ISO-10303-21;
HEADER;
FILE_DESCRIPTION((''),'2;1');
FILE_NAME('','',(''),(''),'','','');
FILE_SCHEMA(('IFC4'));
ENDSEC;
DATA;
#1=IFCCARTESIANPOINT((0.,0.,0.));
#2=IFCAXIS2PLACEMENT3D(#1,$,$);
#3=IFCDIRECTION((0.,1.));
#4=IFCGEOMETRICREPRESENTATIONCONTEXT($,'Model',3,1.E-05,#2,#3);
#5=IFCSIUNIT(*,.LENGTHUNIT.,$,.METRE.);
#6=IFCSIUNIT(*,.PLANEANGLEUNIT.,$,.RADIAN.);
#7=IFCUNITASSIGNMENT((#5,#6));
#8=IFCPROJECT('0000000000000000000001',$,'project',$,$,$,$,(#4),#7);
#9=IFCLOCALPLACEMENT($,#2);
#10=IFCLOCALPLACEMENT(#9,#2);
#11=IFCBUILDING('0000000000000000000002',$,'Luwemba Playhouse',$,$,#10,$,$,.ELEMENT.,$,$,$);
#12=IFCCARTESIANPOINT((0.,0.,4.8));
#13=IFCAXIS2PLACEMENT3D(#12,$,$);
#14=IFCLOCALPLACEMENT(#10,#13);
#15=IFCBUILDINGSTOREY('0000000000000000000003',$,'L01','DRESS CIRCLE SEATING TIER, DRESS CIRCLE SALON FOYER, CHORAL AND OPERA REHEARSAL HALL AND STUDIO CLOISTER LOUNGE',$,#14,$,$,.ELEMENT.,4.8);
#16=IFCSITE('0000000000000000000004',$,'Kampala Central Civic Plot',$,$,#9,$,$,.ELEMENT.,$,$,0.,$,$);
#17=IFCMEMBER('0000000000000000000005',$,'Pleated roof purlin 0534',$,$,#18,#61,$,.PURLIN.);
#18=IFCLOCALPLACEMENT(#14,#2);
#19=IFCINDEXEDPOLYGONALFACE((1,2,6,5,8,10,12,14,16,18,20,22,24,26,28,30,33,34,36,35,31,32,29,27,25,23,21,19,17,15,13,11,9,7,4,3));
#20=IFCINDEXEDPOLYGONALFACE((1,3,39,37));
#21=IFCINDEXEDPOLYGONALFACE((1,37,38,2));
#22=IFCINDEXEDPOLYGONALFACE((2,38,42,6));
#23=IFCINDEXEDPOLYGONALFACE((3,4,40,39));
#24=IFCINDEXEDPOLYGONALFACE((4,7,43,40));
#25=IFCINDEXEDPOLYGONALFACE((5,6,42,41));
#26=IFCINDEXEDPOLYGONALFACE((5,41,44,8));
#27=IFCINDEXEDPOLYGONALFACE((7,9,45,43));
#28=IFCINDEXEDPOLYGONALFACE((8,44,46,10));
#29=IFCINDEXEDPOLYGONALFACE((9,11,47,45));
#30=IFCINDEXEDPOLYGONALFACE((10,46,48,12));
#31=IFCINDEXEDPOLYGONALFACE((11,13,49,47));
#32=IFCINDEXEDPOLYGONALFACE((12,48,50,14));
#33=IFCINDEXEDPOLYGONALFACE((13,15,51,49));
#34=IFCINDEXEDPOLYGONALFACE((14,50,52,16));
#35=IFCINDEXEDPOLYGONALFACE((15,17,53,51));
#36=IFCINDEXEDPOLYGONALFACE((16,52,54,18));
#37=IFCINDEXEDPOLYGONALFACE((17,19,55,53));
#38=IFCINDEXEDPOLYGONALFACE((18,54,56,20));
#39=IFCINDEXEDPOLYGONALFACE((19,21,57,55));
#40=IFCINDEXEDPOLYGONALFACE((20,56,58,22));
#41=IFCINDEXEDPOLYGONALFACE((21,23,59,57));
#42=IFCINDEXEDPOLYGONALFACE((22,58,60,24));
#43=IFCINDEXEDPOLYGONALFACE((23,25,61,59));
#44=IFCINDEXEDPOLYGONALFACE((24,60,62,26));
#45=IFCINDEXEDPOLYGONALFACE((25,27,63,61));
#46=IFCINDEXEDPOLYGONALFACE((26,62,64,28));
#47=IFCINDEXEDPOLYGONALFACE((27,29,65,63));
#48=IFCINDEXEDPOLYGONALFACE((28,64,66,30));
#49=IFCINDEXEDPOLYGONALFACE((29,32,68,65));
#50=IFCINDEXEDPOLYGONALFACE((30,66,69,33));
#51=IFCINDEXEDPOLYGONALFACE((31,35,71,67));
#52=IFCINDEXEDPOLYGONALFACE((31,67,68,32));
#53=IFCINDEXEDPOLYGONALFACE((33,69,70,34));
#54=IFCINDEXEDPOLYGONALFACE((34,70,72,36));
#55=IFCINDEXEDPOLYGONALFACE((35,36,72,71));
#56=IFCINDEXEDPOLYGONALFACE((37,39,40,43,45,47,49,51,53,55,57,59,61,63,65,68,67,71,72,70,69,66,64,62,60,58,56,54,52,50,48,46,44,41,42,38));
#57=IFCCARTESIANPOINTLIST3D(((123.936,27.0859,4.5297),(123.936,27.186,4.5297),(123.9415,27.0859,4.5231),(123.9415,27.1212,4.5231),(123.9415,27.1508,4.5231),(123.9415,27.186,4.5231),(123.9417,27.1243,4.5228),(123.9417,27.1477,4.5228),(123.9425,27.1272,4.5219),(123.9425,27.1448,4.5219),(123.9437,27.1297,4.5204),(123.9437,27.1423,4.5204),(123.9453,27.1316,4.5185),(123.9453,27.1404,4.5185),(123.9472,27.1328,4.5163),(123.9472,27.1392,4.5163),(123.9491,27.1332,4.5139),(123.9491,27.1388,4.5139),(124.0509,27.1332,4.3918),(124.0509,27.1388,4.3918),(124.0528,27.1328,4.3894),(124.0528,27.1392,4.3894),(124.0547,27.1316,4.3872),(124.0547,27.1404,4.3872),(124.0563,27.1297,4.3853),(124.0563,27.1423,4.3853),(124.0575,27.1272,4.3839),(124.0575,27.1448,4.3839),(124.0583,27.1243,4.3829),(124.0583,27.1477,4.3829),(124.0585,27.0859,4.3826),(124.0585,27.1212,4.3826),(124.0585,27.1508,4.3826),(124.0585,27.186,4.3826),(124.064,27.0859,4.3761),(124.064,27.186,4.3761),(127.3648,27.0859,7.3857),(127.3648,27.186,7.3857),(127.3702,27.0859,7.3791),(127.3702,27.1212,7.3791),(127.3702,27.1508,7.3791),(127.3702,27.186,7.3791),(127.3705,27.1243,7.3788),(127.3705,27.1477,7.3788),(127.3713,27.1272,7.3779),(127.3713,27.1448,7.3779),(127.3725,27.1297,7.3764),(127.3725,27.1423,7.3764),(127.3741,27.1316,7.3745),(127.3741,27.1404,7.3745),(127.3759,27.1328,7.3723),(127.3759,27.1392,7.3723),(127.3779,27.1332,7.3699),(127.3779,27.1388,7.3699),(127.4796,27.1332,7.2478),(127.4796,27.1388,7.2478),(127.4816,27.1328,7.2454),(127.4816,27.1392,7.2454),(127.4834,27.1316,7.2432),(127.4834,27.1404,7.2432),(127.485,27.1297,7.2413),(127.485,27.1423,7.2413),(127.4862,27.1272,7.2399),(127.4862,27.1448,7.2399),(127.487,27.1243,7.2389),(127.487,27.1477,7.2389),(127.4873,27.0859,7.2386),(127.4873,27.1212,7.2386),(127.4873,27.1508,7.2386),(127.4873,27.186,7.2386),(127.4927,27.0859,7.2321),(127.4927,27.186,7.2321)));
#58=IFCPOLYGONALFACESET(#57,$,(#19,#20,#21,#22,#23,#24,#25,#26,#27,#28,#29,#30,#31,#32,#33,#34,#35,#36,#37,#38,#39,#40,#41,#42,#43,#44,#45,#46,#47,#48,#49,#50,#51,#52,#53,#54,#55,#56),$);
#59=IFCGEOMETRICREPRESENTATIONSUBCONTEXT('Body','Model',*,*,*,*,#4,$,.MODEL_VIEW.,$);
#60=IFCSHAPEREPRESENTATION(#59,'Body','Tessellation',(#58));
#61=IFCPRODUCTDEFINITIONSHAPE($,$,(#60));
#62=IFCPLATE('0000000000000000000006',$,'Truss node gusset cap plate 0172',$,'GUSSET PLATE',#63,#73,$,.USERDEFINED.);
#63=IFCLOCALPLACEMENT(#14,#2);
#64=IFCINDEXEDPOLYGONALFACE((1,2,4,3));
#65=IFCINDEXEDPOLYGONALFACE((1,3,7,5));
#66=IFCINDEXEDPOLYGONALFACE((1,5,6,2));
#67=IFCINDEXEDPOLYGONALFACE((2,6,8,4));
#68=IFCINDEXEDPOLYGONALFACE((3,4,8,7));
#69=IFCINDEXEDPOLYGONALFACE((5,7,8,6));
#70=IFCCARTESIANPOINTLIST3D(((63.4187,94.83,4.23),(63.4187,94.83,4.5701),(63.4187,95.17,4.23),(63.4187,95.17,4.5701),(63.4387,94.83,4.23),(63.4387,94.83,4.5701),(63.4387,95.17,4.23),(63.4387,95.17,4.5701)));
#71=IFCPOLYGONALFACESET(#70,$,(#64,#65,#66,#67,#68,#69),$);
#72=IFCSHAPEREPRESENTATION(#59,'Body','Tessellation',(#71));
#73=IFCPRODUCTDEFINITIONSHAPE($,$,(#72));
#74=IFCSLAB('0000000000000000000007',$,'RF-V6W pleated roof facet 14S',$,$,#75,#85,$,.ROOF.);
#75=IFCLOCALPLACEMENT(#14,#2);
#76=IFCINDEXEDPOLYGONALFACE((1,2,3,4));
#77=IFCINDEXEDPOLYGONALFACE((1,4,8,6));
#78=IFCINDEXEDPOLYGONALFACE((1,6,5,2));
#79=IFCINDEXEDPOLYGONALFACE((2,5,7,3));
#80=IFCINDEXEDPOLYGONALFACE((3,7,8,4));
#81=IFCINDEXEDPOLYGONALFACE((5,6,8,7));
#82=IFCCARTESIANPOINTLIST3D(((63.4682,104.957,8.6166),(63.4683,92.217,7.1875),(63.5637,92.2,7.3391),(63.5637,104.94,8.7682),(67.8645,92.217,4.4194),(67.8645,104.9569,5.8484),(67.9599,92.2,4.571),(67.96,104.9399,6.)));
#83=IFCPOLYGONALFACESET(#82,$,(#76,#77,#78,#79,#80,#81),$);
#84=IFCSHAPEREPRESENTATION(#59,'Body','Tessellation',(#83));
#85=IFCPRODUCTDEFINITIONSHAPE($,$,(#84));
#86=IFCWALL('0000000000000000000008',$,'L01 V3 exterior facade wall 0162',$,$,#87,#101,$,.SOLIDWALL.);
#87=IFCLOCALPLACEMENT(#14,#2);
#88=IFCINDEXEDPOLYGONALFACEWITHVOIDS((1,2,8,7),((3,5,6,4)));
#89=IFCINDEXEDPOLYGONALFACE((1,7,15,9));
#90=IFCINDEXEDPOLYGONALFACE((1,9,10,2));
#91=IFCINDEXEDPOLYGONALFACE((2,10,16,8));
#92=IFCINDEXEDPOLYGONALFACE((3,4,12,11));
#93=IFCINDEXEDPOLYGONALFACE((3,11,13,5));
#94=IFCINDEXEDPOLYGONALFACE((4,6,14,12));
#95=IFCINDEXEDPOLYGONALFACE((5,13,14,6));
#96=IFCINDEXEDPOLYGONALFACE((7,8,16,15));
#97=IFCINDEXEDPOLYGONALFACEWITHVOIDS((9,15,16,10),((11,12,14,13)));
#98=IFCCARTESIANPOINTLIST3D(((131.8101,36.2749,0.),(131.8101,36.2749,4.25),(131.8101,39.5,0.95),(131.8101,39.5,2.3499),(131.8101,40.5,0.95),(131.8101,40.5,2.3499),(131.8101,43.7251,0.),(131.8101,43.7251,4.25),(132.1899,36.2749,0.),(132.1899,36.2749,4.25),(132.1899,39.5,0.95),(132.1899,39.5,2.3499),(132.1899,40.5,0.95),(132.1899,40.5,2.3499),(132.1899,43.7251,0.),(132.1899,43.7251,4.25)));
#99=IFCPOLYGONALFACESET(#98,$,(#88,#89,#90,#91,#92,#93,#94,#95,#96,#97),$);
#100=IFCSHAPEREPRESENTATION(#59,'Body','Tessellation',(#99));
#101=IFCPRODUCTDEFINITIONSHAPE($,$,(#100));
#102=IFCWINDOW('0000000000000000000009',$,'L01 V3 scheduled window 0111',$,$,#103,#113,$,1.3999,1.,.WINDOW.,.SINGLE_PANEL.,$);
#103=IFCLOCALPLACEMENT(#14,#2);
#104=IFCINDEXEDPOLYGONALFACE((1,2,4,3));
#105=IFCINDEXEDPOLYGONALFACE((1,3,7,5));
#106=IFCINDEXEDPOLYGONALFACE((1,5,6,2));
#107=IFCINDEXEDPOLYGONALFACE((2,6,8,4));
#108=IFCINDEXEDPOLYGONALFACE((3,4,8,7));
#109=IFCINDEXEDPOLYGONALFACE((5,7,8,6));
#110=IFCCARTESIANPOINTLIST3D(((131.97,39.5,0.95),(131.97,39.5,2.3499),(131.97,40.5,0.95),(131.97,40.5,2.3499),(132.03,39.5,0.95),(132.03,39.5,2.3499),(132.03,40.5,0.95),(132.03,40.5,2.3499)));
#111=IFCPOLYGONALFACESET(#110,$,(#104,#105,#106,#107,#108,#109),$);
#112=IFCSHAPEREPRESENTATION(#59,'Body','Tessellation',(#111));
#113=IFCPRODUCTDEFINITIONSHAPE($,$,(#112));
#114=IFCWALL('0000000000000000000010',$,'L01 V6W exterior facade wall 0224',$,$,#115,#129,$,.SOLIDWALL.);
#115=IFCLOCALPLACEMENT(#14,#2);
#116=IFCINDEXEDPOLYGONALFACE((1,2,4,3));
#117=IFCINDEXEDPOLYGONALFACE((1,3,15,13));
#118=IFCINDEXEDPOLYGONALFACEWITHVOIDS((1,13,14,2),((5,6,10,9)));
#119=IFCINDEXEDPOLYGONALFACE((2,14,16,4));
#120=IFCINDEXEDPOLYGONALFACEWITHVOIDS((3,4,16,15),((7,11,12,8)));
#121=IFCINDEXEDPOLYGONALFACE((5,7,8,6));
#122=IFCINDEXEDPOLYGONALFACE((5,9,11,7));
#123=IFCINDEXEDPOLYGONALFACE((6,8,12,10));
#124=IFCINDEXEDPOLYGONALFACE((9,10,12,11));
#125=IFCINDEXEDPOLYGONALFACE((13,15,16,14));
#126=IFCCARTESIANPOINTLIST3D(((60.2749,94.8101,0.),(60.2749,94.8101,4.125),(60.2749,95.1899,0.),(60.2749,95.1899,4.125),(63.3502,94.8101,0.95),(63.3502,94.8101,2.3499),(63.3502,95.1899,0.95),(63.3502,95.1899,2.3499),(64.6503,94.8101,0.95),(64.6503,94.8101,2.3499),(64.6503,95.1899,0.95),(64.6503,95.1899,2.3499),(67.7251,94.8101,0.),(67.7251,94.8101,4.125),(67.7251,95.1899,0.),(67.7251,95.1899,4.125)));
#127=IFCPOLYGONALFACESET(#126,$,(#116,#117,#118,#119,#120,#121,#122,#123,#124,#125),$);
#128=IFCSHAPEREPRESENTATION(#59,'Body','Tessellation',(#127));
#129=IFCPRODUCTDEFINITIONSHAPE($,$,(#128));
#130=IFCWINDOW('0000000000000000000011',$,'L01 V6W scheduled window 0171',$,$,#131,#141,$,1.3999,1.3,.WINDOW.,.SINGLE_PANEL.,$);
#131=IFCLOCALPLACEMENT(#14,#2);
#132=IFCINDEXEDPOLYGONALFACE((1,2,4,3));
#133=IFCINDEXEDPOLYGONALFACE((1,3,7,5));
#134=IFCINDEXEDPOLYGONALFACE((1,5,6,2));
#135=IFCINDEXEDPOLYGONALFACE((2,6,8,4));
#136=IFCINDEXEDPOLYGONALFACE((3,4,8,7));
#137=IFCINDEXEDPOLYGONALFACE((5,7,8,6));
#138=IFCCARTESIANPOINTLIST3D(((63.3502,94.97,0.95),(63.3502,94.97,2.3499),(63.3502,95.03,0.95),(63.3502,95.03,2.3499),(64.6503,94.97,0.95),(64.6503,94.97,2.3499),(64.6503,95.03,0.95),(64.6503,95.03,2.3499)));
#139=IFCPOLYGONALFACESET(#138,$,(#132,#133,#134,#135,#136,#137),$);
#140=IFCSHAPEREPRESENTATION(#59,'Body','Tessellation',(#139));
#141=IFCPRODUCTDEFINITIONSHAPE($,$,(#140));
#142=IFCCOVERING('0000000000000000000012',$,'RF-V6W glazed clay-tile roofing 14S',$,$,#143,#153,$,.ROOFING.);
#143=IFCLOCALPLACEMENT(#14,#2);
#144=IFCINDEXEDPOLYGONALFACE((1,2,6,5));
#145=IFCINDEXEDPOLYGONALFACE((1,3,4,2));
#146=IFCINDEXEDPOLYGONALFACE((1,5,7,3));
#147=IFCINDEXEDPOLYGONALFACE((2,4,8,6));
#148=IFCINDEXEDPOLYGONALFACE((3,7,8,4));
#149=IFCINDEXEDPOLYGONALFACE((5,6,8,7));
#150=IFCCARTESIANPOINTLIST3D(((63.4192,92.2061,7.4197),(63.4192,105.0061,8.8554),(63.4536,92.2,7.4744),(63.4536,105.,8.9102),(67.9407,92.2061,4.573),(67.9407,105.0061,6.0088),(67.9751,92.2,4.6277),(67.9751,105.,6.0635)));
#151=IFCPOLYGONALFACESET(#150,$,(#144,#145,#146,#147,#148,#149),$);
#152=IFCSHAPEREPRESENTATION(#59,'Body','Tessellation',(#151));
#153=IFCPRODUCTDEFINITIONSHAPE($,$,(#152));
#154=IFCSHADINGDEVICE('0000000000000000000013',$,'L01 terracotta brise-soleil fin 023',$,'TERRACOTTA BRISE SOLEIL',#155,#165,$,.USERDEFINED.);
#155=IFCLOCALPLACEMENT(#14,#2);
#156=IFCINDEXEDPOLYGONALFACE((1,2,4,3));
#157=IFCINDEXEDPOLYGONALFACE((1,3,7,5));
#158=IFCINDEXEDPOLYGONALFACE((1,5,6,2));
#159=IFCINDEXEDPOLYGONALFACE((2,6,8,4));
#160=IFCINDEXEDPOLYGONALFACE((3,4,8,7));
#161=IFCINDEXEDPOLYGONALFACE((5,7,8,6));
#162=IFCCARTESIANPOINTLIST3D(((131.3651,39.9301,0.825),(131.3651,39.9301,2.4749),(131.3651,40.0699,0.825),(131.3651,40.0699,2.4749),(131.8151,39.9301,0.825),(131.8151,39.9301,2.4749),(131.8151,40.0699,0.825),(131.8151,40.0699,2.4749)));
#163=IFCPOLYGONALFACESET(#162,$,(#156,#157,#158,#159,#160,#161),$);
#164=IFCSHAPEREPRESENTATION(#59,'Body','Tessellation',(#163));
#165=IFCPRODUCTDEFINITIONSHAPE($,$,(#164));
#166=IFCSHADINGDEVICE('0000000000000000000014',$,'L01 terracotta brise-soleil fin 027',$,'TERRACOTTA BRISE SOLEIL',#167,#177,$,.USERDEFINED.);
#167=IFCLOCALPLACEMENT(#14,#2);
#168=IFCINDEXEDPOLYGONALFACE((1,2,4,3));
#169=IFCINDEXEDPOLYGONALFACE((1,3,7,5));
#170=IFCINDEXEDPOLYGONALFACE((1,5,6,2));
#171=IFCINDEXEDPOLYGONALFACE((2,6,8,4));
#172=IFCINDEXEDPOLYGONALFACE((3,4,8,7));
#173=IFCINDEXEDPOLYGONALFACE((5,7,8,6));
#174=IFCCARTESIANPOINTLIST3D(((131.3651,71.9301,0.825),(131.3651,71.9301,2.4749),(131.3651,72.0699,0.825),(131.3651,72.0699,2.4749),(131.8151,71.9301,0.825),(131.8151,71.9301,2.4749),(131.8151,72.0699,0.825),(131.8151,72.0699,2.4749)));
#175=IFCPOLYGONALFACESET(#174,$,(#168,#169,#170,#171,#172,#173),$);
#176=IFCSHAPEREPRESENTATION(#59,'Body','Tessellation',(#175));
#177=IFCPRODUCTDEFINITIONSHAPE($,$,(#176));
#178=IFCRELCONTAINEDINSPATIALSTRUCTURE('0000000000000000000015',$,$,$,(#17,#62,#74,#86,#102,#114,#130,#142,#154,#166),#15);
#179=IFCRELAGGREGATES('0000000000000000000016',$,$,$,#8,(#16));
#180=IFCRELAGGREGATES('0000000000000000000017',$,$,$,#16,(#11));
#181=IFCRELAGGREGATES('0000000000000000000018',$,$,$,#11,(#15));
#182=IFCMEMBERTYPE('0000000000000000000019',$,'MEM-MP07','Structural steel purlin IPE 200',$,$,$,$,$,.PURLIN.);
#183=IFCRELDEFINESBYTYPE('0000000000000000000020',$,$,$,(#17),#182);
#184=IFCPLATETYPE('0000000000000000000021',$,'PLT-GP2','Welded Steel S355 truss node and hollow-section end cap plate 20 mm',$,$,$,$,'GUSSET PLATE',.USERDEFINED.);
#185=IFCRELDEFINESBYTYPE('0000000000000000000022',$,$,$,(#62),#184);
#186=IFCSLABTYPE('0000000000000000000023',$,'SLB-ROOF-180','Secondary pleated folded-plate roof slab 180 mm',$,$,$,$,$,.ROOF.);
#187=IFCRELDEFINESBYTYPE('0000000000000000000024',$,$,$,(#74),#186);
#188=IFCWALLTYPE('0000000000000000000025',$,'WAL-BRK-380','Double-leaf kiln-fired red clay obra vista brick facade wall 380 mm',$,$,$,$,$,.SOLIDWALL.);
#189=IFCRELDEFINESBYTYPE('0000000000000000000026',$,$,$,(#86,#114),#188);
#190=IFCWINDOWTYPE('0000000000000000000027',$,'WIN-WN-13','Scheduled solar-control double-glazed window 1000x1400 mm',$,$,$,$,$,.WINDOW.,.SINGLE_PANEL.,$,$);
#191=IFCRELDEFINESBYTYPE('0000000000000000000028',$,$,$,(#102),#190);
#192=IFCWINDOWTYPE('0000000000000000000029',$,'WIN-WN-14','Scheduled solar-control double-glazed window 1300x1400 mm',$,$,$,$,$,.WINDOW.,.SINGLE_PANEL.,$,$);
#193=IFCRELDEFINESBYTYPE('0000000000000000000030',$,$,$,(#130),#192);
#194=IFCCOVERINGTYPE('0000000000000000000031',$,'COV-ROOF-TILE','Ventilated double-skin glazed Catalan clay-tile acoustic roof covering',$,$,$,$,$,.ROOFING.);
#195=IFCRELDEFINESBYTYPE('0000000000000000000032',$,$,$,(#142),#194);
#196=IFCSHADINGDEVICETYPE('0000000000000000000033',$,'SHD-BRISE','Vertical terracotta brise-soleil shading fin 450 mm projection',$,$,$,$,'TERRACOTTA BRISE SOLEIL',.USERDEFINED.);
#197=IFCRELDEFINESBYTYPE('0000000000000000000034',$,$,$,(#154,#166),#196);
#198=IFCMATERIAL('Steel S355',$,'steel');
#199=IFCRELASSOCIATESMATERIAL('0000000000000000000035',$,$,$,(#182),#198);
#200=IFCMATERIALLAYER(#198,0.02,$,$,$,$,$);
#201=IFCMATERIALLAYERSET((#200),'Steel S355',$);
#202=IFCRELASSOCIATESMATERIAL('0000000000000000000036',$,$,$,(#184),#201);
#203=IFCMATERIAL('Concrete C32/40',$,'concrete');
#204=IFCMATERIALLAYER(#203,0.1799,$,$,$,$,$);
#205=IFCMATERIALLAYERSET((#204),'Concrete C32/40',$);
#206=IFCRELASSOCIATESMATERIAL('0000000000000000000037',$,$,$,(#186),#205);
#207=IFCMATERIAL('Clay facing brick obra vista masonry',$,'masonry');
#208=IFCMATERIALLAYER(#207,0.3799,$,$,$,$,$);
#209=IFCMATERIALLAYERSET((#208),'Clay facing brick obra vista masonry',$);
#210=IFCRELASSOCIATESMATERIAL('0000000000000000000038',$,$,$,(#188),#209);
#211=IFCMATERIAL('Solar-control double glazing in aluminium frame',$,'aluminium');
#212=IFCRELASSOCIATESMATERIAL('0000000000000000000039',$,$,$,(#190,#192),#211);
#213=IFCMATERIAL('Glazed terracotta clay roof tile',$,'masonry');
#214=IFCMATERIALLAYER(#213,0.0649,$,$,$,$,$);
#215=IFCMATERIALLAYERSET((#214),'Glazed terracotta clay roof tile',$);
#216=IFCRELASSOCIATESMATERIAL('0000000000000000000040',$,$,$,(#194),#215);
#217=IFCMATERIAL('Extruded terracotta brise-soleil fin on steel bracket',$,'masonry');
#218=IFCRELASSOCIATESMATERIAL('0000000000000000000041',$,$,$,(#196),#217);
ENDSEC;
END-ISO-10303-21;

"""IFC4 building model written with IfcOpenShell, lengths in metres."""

from ifc_helpers import new_model, si_unit, direction, frame, frame_2d, origin, origin_2d, place, context, subcontext, project, spatial, polyline, rectangle, i_section, outline, extrude, material, layer, layer_set, material_profile, profile_set, type_object, element, fill, save


model = new_model("IFC4")

# Units and contexts
model_context = context("Model", 3, precision=1e-05, world=origin(), true_north=direction((0.0, 1.0)))
body_context = subcontext(model_context, "Body", "Model", "MODEL_VIEW")
ifc_project = project(units=[si_unit("LENGTHUNIT", "METRE"), si_unit("PLANEANGLEUNIT", "RADIAN")], contexts=[model_context])

# Site, building, storey
site_placement = place(None, origin())
site = spatial("IfcSite", under=ifc_project, at=site_placement, Name="Kampala Central Civic Plot", CompositionType="ELEMENT", RefElevation=0.0)
building_placement = place(site_placement, origin())
building = spatial("IfcBuilding", under=site, at=building_placement, Name="Luwemba Playhouse", CompositionType="ELEMENT")
storey_placement = place(building_placement, frame((0.0, 0.0, 4.8)))
storey = spatial("IfcBuildingStorey", under=building, at=storey_placement, Name="L01", Description="DRESS CIRCLE SEATING TIER, DRESS CIRCLE SALON FOYER, CHORAL AND OPERA REHEARSAL HALL AND STUDIO CLOISTER LOUNGE", CompositionType="ELEMENT", Elevation=4.8)

# Shared definitions
ifc_material_1 = material(Name="Steel S355", Category="steel")

# Member
ifc_material_profile_1 = material_profile(ifc_material_1, i_section(OverallWidth=0.1001, OverallDepth=0.2, WebThickness=0.0056, FlangeThickness=0.0085, FilletRadius=0.012, at=origin_2d()))
ifc_profile_set_1 = profile_set([ifc_material_profile_1], Name="Steel S355")
member_type_1 = type_object("IfcMemberType", Name="MEM-MP07", Description="Structural steel purlin IPE 200", PredefinedType="PURLIN", material=ifc_profile_set_1)
member_1_placement = place(storey_placement, frame((124.0, 27.136, 4.4529), z_axis=(0.768365, 0.0, 0.640012), x_axis=(0.0, 1.0, 0.0)))
element("IfcMember", 1, at=member_1_placement, inside=storey, type_object=member_type_1, Name="Pleated roof purlin 0534", PredefinedType="PURLIN", context=body_context, shape_type="SweptSolid", body=[
    extrude(i_section(OverallWidth=0.1001, OverallDepth=0.2, WebThickness=0.0056, FlangeThickness=0.0085, FilletRadius=0.012, at=origin_2d()), origin(), (0.0, 0.0, 1.0), 4.4624),
])

# Plate
ifc_layer_1 = layer(ifc_material_1, 0.02)
ifc_layer_set_1 = layer_set([ifc_layer_1], Name="Steel S355")
plate_type = type_object("IfcPlateType", Name="PLT-GP2", Description="Welded Steel S355 truss node and hollow-section end cap plate 20 mm", ElementType="GUSSET PLATE", PredefinedType="USERDEFINED", material=ifc_layer_set_1)
plate_placement = place(storey_placement, frame((63.4287, 95.0, 4.23), z_axis=(0.0, 0.0, 1.0), x_axis=(1.0, 0.0, 0.0)))
element("IfcPlate", 2, at=plate_placement, inside=storey, type_object=plate_type, Name="Truss node gusset cap plate 0172", ObjectType="GUSSET PLATE", PredefinedType="USERDEFINED", context=body_context, shape_type="SweptSolid", body=[
    extrude(rectangle(XDim=0.02, YDim=0.3401, at=origin_2d()), origin(), (0.0, 0.0, 1.0), 0.3401),
])

# Slab
ifc_material_2 = material(Name="Concrete C32/40", Category="concrete")
ifc_layer_2 = layer(ifc_material_2, 0.1799)
ifc_layer_set_2 = layer_set([ifc_layer_2], Name="Concrete C32/40")
slab_type = type_object("IfcSlabType", Name="SLB-ROOF-180", Description="Secondary pleated folded-plate roof slab 180 mm", PredefinedType="ROOF", material=ifc_layer_set_2)
slab_placement = place(storey_placement, frame((63.5637, 92.2, 7.3391), z_axis=(0.530454, -0.094498, 0.84243), x_axis=(0.846217, 0.000002, -0.532839)))
element("IfcSlab", 3, at=slab_placement, inside=storey, type_object=slab_type, Name="RF-V6W pleated roof facet 14S", PredefinedType="ROOF", context=body_context, shape_type="SweptSolid", body=[
    extrude(outline(polyline([(0.0, 0.0), (5.1951, 0.0), (4.4337, 12.7972), (-0.7615, 12.7973), (0.0, 0.0)])), origin(), (0.0, 0.0, -1.0), 0.1799),
])

# Walls, openings, windows
ifc_material_3 = material(Name="Clay facing brick obra vista masonry", Category="masonry")
ifc_layer_3 = layer(ifc_material_3, 0.3799)
ifc_layer_set_3 = layer_set([ifc_layer_3], Name="Clay facing brick obra vista masonry")
wall_type = type_object("IfcWallType", Name="WAL-BRK-380", Description="Double-leaf kiln-fired red clay obra vista brick facade wall 380 mm", PredefinedType="SOLIDWALL", material=ifc_layer_set_3)
wall_1_placement = place(storey_placement, frame((132.0, 36.2749, 0.0), z_axis=(0.0, 0.0, 1.0), x_axis=(0.0, 1.0, 0.0)))
wall_1 = element("IfcWall", 4, at=wall_1_placement, inside=storey, type_object=wall_type, Name="L01 V3 exterior facade wall 0162", PredefinedType="SOLIDWALL", context=body_context, shape_type="SweptSolid", body=[
    extrude(rectangle(XDim=7.4502, YDim=0.3799, at=frame_2d((3.7251, 0.0))), origin(), (0.0, 0.0, 1.0), 4.25),
])
opening_1_placement = place(wall_1_placement, frame((3.2251, 0.0, 0.95)))
opening_1 = element("IfcOpeningElement", 5, at=opening_1_placement, cuts=wall_1, PredefinedType="OPENING", context=body_context, shape_type="SweptSolid", body=[
    extrude(rectangle(XDim=1.0, YDim=1.3999, at=frame_2d((0.5, 0.7))), frame((0.0, 0.2, 0.0), z_axis=(0.0, -1.0, 0.0), x_axis=(1.0, 0.0, 0.0)), (0.0, 0.0, 1.0), 0.3999),
])
ifc_material_4 = material(Name="Solar-control double glazing in aluminium frame", Category="aluminium")
window_type_1 = type_object("IfcWindowType", Name="WIN-WN-13", Description="Scheduled solar-control double-glazed window 1000x1400 mm", PartitioningType="SINGLE_PANEL", PredefinedType="WINDOW", material=ifc_material_4)
window_1_placement = place(opening_1_placement, origin())
window_1 = element("IfcWindow", 6, at=window_1_placement, inside=storey, type_object=window_type_1, Name="L01 V3 scheduled window 0111", OverallHeight=1.3999, OverallWidth=1.0, PartitioningType="SINGLE_PANEL", PredefinedType="WINDOW", context=body_context, shape_type="SweptSolid", body=[
    extrude(rectangle(XDim=1.0, YDim=1.3999, at=frame_2d((0.5, 0.7))), frame((0.0, 0.03, 0.0), z_axis=(0.0, -1.0, 0.0), x_axis=(1.0, 0.0, 0.0)), (0.0, 0.0, 1.0), 0.0601),
])
fill(opening_1, window_1)
wall_2_placement = place(storey_placement, frame((67.7251, 95.0, 0.0), z_axis=(0.0, 0.0, 1.0), x_axis=(-1.0, 0.0, 0.0)))
wall_2 = element("IfcWall", 7, at=wall_2_placement, inside=storey, type_object=wall_type, Name="L01 V6W exterior facade wall 0224", PredefinedType="SOLIDWALL", context=body_context, shape_type="SweptSolid", body=[
    extrude(rectangle(XDim=7.4502, YDim=0.3799, at=frame_2d((3.7251, 0.0))), origin(), (0.0, 0.0, 1.0), 4.125),
])
opening_2_placement = place(wall_2_placement, frame((3.075, 0.0, 0.95)))
opening_2 = element("IfcOpeningElement", 8, at=opening_2_placement, cuts=wall_2, PredefinedType="OPENING", context=body_context, shape_type="SweptSolid", body=[
    extrude(rectangle(XDim=1.3, YDim=1.3999, at=frame_2d((0.6499, 0.7))), frame((0.0, 0.2, 0.0), z_axis=(0.0, -1.0, 0.0), x_axis=(1.0, 0.0, 0.0)), (0.0, 0.0, 1.0), 0.3999),
])
window_type_2 = type_object("IfcWindowType", Name="WIN-WN-14", Description="Scheduled solar-control double-glazed window 1300x1400 mm", PartitioningType="SINGLE_PANEL", PredefinedType="WINDOW", material=ifc_material_4)
window_2_placement = place(opening_2_placement, origin())
window_2 = element("IfcWindow", 9, at=window_2_placement, inside=storey, type_object=window_type_2, Name="L01 V6W scheduled window 0171", OverallHeight=1.3999, OverallWidth=1.3, PartitioningType="SINGLE_PANEL", PredefinedType="WINDOW", context=body_context, shape_type="SweptSolid", body=[
    extrude(rectangle(XDim=1.3, YDim=1.3999, at=frame_2d((0.6499, 0.7))), frame((0.0, 0.03, 0.0), z_axis=(0.0, -1.0, 0.0), x_axis=(1.0, 0.0, 0.0)), (0.0, 0.0, 1.0), 0.0601),
])
fill(opening_2, window_2)

# Covering
ifc_material_5 = material(Name="Glazed terracotta clay roof tile", Category="masonry")
ifc_layer_4 = layer(ifc_material_5, 0.0649)
ifc_layer_set_4 = layer_set([ifc_layer_4], Name="Glazed terracotta clay roof tile")
covering_type = type_object("IfcCoveringType", Name="COV-ROOF-TILE", Description="Ventilated double-skin glazed Catalan clay-tile acoustic roof covering", PredefinedType="ROOFING", material=ifc_layer_set_4)
covering_placement = place(storey_placement, frame((63.4536, 92.2, 7.4744), z_axis=(0.530405, -0.094499, 0.842461), x_axis=(0.846248, 0.0, -0.532789)))
element("IfcCovering", 10, at=covering_placement, inside=storey, type_object=covering_type, Name="RF-V6W glazed clay-tile roofing 14S", PredefinedType="ROOFING", context=body_context, shape_type="SweptSolid", body=[
    extrude(outline(polyline([(0.0, 0.0), (5.343, 0.0), (4.578, 12.8576), (-0.765, 12.8576), (0.0, 0.0)])), origin(), (0.0, 0.0, -1.0), 0.0649),
])

# Shading devices
ifc_material_6 = material(Name="Extruded terracotta brise-soleil fin on steel bracket", Category="masonry")
shading_device_type_1 = type_object("IfcShadingDeviceType", Name="SHD-BRISE", Description="Vertical terracotta brise-soleil shading fin 450 mm projection", ElementType="TERRACOTTA BRISE SOLEIL", PredefinedType="USERDEFINED", material=ifc_material_6)
for number, where, z_axis, x_axis, name in (
    (11, (131.5901, 40.0, 0.825), (0.0, 0.0, 1.0), (0.0, 1.0, 0.0), "L01 terracotta brise-soleil fin 023"),
    (12, (131.5901, 72.0, 0.825), (0.0, 0.0, 1.0), (0.0, 1.0, 0.0), "L01 terracotta brise-soleil fin 027"),
):
    element("IfcShadingDevice", number, at=place(storey_placement, frame(where, z_axis=z_axis, x_axis=x_axis)), inside=storey, type_object=shading_device_type_1, Name=name, ObjectType="TERRACOTTA BRISE SOLEIL", PredefinedType="USERDEFINED", context=body_context, shape_type="SweptSolid", body=[
        extrude(rectangle(XDim=0.1399, YDim=0.45, at=origin_2d()), origin(), (0.0, 0.0, 1.0), 1.6499),
    ])

save(model, "model.ifc")
